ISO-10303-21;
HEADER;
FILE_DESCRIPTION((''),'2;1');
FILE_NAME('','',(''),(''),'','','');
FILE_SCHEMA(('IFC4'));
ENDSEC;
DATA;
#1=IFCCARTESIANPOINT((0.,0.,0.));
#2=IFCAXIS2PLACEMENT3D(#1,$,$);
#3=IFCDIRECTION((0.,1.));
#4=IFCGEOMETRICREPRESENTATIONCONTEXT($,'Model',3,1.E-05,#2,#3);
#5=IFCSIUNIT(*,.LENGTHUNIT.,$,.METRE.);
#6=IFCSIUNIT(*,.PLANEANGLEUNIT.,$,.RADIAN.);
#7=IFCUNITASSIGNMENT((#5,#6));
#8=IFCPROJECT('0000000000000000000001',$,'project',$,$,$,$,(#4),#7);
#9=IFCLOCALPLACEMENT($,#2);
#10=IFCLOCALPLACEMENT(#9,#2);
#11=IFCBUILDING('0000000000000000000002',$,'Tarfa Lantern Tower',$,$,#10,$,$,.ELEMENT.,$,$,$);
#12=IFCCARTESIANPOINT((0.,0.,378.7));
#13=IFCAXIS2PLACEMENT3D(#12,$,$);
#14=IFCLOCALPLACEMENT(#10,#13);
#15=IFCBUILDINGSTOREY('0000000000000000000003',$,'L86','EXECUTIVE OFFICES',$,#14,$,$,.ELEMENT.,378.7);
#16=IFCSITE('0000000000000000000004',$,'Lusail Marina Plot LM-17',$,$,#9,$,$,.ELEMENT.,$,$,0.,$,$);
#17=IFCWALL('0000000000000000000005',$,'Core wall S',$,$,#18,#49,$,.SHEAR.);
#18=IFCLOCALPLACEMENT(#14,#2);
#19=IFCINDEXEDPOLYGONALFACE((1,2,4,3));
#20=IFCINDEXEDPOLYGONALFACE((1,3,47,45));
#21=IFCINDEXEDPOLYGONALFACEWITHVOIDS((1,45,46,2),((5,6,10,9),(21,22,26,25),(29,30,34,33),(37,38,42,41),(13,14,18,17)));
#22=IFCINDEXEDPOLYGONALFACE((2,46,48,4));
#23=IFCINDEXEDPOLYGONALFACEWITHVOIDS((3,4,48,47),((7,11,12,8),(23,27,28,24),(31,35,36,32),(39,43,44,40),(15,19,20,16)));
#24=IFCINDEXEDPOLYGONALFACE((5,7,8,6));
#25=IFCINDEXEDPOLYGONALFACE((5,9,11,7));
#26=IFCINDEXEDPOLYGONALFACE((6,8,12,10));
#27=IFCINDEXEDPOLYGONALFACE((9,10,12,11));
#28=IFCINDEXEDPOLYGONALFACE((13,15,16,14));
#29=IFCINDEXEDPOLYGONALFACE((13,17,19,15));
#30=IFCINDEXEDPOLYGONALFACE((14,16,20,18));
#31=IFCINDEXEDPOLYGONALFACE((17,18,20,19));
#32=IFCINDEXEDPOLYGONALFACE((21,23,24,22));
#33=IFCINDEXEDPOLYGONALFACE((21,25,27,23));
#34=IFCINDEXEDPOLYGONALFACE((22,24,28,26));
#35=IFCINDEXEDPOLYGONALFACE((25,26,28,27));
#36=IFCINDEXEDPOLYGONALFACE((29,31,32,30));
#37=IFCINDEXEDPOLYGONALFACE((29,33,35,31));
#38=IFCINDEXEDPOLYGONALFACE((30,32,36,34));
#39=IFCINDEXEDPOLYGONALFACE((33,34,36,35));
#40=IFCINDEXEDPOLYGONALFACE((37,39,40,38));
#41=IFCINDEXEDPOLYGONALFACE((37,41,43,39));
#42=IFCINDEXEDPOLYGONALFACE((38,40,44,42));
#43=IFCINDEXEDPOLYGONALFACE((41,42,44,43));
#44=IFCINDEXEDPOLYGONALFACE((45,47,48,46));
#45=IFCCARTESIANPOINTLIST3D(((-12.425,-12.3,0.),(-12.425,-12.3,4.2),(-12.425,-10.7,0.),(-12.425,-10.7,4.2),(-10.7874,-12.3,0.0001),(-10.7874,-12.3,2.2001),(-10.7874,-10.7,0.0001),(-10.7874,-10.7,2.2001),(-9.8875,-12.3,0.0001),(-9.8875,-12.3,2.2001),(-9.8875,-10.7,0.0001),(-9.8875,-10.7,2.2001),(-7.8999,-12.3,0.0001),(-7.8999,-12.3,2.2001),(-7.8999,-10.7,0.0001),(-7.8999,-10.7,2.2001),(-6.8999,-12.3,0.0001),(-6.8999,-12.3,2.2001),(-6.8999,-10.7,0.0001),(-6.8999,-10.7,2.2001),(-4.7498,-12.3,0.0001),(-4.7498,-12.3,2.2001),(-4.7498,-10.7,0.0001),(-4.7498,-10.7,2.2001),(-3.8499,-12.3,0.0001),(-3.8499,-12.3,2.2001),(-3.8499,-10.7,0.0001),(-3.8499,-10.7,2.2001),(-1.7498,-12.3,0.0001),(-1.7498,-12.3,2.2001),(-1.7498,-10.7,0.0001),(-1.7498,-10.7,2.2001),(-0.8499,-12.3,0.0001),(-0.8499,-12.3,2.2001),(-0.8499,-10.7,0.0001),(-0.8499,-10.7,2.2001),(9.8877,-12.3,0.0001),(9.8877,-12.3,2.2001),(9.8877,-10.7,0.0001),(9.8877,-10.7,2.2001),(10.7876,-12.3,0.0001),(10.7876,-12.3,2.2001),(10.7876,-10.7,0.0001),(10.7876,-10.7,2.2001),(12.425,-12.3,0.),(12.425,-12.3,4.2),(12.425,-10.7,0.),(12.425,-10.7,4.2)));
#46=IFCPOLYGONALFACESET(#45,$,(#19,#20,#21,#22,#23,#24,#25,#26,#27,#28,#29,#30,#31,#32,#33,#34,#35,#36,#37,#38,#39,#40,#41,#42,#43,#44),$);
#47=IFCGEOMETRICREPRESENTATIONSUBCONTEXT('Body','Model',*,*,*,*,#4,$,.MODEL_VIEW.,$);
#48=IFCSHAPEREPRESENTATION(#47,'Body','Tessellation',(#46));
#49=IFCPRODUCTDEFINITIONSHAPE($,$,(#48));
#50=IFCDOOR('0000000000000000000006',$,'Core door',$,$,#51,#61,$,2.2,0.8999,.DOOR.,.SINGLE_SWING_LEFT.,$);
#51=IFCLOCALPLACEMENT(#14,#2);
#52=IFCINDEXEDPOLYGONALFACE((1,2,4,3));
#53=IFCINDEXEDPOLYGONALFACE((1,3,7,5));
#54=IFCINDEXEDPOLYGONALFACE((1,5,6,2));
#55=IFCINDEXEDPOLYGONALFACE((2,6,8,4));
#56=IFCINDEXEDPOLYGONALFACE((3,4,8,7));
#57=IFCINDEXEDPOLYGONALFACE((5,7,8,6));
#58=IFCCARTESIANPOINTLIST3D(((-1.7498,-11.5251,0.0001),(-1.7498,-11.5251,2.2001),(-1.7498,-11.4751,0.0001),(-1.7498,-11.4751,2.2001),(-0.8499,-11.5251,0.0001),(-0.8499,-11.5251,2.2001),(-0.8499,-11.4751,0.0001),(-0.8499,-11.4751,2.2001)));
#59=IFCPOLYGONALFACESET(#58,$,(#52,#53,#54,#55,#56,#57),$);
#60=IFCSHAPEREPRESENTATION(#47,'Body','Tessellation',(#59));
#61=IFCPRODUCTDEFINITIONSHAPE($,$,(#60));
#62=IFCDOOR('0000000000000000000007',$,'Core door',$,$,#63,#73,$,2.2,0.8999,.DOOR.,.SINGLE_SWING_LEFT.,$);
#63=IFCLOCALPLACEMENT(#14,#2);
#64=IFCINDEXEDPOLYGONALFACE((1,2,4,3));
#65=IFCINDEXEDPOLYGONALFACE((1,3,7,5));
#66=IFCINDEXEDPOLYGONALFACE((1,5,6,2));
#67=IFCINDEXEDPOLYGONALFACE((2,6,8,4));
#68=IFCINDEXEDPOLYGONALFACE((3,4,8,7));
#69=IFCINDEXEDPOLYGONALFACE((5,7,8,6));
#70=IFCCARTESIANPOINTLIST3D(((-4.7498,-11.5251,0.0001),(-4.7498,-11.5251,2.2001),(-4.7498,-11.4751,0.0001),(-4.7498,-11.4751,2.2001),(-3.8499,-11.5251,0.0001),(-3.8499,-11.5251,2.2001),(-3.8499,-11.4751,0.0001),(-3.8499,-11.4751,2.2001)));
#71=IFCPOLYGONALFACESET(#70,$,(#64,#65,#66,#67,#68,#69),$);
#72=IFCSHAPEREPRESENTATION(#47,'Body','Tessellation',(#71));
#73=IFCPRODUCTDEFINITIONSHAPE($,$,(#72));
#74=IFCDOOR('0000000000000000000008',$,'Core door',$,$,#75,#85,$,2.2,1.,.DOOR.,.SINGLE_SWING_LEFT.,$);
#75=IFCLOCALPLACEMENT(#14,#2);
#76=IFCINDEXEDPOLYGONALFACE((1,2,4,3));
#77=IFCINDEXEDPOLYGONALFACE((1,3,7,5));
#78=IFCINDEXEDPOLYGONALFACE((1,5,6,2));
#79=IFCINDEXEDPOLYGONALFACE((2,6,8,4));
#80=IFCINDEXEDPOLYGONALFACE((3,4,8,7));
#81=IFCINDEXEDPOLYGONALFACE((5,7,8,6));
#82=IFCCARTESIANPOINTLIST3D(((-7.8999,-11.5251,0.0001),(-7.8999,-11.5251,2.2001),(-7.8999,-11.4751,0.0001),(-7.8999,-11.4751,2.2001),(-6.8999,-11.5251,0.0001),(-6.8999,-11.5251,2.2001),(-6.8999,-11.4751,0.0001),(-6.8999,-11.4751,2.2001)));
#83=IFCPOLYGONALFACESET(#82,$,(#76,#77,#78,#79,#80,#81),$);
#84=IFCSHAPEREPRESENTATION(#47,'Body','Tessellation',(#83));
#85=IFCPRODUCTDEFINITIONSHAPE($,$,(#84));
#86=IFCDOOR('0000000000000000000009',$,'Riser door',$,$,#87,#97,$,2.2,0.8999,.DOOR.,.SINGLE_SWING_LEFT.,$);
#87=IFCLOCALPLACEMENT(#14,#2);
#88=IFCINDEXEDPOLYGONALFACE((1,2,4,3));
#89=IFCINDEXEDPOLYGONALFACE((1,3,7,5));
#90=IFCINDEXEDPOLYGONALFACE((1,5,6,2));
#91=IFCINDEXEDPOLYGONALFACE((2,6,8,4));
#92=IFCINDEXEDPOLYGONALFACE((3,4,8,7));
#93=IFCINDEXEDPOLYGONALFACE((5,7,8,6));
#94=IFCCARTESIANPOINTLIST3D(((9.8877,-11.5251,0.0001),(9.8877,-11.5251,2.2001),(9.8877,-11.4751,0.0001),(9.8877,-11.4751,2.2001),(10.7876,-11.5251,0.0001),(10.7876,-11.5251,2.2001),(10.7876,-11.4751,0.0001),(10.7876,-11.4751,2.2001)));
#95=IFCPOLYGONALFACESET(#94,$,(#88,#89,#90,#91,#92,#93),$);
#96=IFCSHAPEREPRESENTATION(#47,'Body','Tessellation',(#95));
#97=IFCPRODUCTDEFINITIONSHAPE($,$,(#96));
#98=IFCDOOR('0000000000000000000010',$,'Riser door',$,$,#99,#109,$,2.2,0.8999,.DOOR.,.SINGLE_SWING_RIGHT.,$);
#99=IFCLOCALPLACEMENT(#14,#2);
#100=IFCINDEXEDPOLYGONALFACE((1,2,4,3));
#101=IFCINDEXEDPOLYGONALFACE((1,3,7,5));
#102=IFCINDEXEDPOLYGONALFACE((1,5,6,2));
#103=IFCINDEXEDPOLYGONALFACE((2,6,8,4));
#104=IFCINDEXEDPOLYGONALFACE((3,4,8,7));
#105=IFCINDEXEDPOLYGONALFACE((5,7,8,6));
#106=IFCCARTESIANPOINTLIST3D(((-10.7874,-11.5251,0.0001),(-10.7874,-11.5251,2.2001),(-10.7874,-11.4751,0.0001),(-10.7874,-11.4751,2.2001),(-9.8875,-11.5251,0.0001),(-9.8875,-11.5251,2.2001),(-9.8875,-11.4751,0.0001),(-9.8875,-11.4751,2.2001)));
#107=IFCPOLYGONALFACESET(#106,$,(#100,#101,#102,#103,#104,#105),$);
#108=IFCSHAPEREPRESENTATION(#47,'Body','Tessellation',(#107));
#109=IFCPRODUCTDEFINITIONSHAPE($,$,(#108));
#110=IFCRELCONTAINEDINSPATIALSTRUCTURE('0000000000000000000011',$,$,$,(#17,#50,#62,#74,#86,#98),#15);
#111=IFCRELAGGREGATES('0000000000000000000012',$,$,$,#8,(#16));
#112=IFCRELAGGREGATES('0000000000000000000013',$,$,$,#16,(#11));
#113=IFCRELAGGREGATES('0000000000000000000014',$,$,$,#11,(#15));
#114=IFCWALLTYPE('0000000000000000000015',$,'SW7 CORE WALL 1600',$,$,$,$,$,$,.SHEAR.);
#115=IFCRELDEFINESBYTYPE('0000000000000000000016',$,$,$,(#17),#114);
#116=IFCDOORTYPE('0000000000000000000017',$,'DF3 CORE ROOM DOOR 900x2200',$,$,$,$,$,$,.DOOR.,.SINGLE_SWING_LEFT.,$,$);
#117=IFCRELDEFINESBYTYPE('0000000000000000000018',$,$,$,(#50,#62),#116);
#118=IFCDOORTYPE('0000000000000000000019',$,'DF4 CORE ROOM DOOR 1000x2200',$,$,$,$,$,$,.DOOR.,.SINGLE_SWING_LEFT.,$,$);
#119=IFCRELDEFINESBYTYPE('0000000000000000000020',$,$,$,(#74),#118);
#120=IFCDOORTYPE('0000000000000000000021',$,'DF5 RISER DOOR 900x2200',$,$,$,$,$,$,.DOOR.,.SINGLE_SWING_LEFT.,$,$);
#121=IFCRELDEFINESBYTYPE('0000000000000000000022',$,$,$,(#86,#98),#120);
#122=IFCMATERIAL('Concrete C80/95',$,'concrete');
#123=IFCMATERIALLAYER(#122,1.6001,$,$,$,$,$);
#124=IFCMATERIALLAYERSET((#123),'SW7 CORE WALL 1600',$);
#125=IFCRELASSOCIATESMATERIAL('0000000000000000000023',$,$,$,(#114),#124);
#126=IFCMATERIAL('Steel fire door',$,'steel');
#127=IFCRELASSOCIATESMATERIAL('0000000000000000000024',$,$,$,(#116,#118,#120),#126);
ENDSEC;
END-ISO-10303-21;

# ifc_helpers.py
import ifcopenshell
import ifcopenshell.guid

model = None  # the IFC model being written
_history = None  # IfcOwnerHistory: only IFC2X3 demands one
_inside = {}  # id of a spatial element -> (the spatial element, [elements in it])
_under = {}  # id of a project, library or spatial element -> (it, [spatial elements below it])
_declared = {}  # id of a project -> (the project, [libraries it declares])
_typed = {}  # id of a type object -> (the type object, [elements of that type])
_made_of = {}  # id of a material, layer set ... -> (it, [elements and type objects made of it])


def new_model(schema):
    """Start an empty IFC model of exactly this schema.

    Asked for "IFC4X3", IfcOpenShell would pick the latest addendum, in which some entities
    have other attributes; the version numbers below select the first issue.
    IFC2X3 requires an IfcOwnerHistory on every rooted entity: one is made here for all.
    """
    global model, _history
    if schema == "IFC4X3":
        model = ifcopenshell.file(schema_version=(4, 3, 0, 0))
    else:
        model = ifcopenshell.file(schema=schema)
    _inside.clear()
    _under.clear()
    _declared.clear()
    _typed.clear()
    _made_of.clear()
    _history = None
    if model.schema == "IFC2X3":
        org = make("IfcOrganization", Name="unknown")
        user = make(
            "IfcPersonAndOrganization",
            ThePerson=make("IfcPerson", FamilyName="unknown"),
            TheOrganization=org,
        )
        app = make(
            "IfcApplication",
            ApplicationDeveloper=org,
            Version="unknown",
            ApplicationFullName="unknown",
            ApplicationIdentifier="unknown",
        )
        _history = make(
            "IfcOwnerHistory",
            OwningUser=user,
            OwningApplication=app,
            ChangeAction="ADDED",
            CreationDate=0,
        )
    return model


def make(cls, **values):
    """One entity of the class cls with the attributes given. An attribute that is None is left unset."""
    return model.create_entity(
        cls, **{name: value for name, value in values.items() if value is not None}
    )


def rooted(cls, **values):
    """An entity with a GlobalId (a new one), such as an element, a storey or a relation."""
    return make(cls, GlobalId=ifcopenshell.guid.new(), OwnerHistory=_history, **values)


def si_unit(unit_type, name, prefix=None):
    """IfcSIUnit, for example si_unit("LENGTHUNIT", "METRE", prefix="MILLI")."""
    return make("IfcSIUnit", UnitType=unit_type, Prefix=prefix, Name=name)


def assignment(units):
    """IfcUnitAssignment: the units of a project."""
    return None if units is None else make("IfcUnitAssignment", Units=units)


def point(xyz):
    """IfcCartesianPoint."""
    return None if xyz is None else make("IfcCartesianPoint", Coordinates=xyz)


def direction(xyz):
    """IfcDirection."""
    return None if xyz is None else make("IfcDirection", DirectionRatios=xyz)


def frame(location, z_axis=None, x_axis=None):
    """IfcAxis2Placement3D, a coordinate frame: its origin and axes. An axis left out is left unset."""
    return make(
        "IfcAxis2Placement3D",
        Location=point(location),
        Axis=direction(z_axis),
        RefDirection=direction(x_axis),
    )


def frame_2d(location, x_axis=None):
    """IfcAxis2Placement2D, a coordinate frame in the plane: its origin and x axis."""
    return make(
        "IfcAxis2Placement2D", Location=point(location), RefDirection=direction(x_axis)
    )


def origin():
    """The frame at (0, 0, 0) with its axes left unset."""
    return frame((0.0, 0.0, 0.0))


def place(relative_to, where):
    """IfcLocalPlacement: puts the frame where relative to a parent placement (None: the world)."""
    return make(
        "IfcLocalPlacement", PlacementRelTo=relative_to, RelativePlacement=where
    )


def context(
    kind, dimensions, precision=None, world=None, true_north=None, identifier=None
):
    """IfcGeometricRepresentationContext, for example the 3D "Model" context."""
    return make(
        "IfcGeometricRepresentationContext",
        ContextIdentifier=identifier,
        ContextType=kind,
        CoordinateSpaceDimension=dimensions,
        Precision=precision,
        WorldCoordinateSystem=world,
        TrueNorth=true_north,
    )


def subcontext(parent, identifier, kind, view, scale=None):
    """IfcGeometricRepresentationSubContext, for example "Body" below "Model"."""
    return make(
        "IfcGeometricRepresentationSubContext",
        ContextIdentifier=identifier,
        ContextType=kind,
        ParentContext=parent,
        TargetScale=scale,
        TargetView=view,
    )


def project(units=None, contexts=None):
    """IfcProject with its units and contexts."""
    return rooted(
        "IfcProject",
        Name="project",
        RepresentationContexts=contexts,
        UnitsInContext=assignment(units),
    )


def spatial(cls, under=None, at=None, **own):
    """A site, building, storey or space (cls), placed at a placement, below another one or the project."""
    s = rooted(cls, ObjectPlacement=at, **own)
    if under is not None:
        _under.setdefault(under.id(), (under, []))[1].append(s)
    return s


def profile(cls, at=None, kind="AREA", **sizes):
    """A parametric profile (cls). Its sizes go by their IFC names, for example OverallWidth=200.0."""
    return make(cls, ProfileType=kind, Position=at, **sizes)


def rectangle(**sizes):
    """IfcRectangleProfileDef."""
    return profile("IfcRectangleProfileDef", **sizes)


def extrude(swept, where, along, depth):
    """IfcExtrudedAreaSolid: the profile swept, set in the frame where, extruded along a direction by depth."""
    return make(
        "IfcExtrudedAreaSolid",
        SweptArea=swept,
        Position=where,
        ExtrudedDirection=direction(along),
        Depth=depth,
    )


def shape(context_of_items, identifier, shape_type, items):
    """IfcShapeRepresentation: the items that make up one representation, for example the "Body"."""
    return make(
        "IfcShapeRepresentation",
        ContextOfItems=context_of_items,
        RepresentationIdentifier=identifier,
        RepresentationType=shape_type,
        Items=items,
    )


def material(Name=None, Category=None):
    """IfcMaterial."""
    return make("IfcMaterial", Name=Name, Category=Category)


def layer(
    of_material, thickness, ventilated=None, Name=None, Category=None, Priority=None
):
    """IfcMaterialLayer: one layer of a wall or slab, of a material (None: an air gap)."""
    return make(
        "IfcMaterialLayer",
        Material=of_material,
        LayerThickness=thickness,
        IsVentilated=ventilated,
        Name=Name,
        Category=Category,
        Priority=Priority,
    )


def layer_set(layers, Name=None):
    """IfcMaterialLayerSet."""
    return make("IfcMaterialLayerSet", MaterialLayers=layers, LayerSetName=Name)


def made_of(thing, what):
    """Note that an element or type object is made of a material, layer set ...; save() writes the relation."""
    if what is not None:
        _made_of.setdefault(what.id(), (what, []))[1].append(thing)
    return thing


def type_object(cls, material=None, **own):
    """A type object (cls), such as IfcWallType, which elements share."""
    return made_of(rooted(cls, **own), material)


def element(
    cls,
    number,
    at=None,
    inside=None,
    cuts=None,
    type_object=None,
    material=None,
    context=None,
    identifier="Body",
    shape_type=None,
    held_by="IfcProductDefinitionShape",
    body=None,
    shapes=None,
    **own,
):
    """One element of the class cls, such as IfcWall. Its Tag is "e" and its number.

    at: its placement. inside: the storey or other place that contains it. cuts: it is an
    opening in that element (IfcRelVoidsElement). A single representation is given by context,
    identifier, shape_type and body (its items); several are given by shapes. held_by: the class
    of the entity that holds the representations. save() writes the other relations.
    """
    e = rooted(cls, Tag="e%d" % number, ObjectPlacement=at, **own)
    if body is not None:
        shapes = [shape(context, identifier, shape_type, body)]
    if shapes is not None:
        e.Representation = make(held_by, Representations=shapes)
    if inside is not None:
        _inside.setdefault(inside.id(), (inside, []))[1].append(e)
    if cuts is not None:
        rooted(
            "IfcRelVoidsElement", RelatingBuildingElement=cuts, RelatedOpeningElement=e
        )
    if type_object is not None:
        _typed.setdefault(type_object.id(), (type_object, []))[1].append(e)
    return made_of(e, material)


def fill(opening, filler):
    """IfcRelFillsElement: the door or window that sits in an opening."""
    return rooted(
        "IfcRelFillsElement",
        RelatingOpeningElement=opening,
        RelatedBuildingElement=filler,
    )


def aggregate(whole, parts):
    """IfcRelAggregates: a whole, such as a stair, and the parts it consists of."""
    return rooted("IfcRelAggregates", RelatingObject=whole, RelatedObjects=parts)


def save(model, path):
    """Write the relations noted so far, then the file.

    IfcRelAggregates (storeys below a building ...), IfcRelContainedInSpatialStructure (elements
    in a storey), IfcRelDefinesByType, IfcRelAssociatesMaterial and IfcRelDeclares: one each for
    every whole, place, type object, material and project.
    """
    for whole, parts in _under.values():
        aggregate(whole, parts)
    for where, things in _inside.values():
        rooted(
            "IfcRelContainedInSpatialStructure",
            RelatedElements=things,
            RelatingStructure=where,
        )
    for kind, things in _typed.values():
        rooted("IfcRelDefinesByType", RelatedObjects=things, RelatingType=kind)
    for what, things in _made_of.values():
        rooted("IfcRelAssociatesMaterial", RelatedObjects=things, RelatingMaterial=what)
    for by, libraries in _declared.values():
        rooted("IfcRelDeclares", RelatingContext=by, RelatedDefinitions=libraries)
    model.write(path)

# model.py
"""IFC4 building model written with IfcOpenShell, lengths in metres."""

from ifc_helpers import new_model, si_unit, direction, frame, frame_2d, origin, place, context, subcontext, project, spatial, rectangle, extrude, material, layer, layer_set, type_object, element, fill, save


model = new_model("IFC4")

# Units and contexts
model_context = context("Model", 3, precision=1e-05, world=origin(), true_north=direction((0.0, 1.0)))
body_context = subcontext(model_context, "Body", "Model", "MODEL_VIEW")
ifc_project = project(units=[si_unit("LENGTHUNIT", "METRE"), si_unit("PLANEANGLEUNIT", "RADIAN")], contexts=[model_context])

# Site, building, storey
site_placement = place(None, origin())
site = spatial("IfcSite", under=ifc_project, at=site_placement, Name="Lusail Marina Plot LM-17", CompositionType="ELEMENT", RefElevation=0.0)
building_placement = place(site_placement, origin())
building = spatial("IfcBuilding", under=site, at=building_placement, Name="Tarfa Lantern Tower", CompositionType="ELEMENT")
storey_placement = place(building_placement, frame((0.0, 0.0, 378.7)))
storey = spatial("IfcBuildingStorey", under=building, at=storey_placement, Name="L86", Description="EXECUTIVE OFFICES", CompositionType="ELEMENT", Elevation=378.7)

# Shared definitions
ifc_material_1 = material(Name="Concrete C80/95", Category="concrete")

# Wall, openings, doors
ifc_layer_1 = layer(ifc_material_1, 1.6001)
ifc_layer_set_1 = layer_set([ifc_layer_1], Name="SW7 CORE WALL 1600")
wall_type_1 = type_object("IfcWallType", Name="SW7 CORE WALL 1600", PredefinedType="SHEAR", material=ifc_layer_set_1)
wall_1_placement = place(storey_placement, frame((12.425, -11.5, 0.0), z_axis=(0.0, 0.0, 1.0), x_axis=(-1.0, 0.0, 0.0)))
wall_1 = element("IfcWall", 1, at=wall_1_placement, inside=storey, type_object=wall_type_1, Name="Core wall S", PredefinedType="SHEAR", context=body_context, shape_type="SweptSolid", body=[
    extrude(rectangle(XDim=24.8501, YDim=1.6001, at=frame_2d((12.425, 0.0))), origin(), (0.0, 0.0, 1.0), 4.2),
])
opening_1_placement = place(wall_1_placement, frame((13.2749, 0.0, 0.0)))
opening_1 = element("IfcOpeningElement", 2, at=opening_1_placement, cuts=wall_1, PredefinedType="OPENING", context=body_context, shape_type="SweptSolid", body=[
    extrude(rectangle(XDim=0.8999, YDim=2.2, at=frame_2d((0.45, 1.1001))), frame((0.0, 0.8101, 0.0), z_axis=(0.0, -1.0, 0.0), x_axis=(1.0, 0.0, 0.0)), (0.0, 0.0, 1.0), 1.6201),
])
opening_2_placement = place(wall_1_placement, frame((16.2749, 0.0, 0.0)))
opening_2 = element("IfcOpeningElement", 3, at=opening_2_placement, cuts=wall_1, PredefinedType="OPENING", context=body_context, shape_type="SweptSolid", body=[
    extrude(rectangle(XDim=0.8999, YDim=2.2, at=frame_2d((0.45, 1.1001))), frame((0.0, 0.8101, 0.0), z_axis=(0.0, -1.0, 0.0), x_axis=(1.0, 0.0, 0.0)), (0.0, 0.0, 1.0), 1.6201),
])
opening_3_placement = place(wall_1_placement, frame((19.325, 0.0, 0.0)))
opening_3 = element("IfcOpeningElement", 4, at=opening_3_placement, cuts=wall_1, PredefinedType="OPENING", context=body_context, shape_type="SweptSolid", body=[
    extrude(rectangle(XDim=1.0, YDim=2.2, at=frame_2d((0.5, 1.1001))), frame((0.0, 0.8101, 0.0), z_axis=(0.0, -1.0, 0.0), x_axis=(1.0, 0.0, 0.0)), (0.0, 0.0, 1.0), 1.6201),
])
opening_4_placement = place(wall_1_placement, frame((1.6375, 0.0, 0.0)))
opening_4 = element("IfcOpeningElement", 5, at=opening_4_placement, cuts=wall_1, PredefinedType="OPENING", context=body_context, shape_type="SweptSolid", body=[
    extrude(rectangle(XDim=0.8999, YDim=2.2, at=frame_2d((0.45, 1.1001))), frame((0.0, 0.8101, 0.0), z_axis=(0.0, -1.0, 0.0), x_axis=(1.0, 0.0, 0.0)), (0.0, 0.0, 1.0), 1.6201),
])
opening_5_placement = place(wall_1_placement, frame((22.3125, 0.0, 0.0)))
opening_5 = element("IfcOpeningElement", 6, at=opening_5_placement, cuts=wall_1, PredefinedType="OPENING", context=body_context, shape_type="SweptSolid", body=[
    extrude(rectangle(XDim=0.8999, YDim=2.2, at=frame_2d((0.45, 1.1001))), frame((0.0, 0.8101, 0.0), z_axis=(0.0, -1.0, 0.0), x_axis=(1.0, 0.0, 0.0)), (0.0, 0.0, 1.0), 1.6201),
])
ifc_material_2 = material(Name="Steel fire door", Category="steel")
door_type_1 = type_object("IfcDoorType", Name="DF3 CORE ROOM DOOR 900x2200", OperationType="SINGLE_SWING_LEFT", PredefinedType="DOOR", material=ifc_material_2)
door_1_placement = place(opening_1_placement, frame((0.8999, 0.0, 0.0), z_axis=(0.0, 0.0, 1.0), x_axis=(-1.0, 0.0, 0.0)))
door_1 = element("IfcDoor", 7, at=door_1_placement, inside=storey, type_object=door_type_1, Name="Core door", OperationType="SINGLE_SWING_LEFT", OverallHeight=2.2, OverallWidth=0.8999, PredefinedType="DOOR", context=body_context, shape_type="SweptSolid", body=[
    extrude(rectangle(XDim=0.8999, YDim=2.2, at=frame_2d((0.45, 1.1001))), frame((0.0, 0.0249, 0.0), z_axis=(0.0, -1.0, 0.0), x_axis=(1.0, 0.0, 0.0)), (0.0, 0.0, 1.0), 0.05),
])
fill(opening_1, door_1)
door_2_placement = place(opening_2_placement, frame((0.8999, 0.0, 0.0), z_axis=(0.0, 0.0, 1.0), x_axis=(-1.0, 0.0, 0.0)))
door_2 = element("IfcDoor", 8, at=door_2_placement, inside=storey, type_object=door_type_1, Name="Core door", OperationType="SINGLE_SWING_LEFT", OverallHeight=2.2, OverallWidth=0.8999, PredefinedType="DOOR", context=body_context, shape_type="SweptSolid", body=[
    extrude(rectangle(XDim=0.8999, YDim=2.2, at=frame_2d((0.45, 1.1001))), frame((0.0, 0.0249, 0.0), z_axis=(0.0, -1.0, 0.0), x_axis=(1.0, 0.0, 0.0)), (0.0, 0.0, 1.0), 0.05),
])
fill(opening_2, door_2)
door_type_2 = type_object("IfcDoorType", Name="DF4 CORE ROOM DOOR 1000x2200", OperationType="SINGLE_SWING_LEFT", PredefinedType="DOOR", material=ifc_material_2)
door_3_placement = place(opening_3_placement, frame((1.0, 0.0, 0.0), z_axis=(0.0, 0.0, 1.0), x_axis=(-1.0, 0.0, 0.0)))
door_3 = element("IfcDoor", 9, at=door_3_placement, inside=storey, type_object=door_type_2, Name="Core door", OperationType="SINGLE_SWING_LEFT", OverallHeight=2.2, OverallWidth=1.0, PredefinedType="DOOR", context=body_context, shape_type="SweptSolid", body=[
    extrude(rectangle(XDim=1.0, YDim=2.2, at=frame_2d((0.5, 1.1001))), frame((0.0, 0.0249, 0.0), z_axis=(0.0, -1.0, 0.0), x_axis=(1.0, 0.0, 0.0)), (0.0, 0.0, 1.0), 0.05),
])
fill(opening_3, door_3)
door_type_3 = type_object("IfcDoorType", Name="DF5 RISER DOOR 900x2200", OperationType="SINGLE_SWING_LEFT", PredefinedType="DOOR", material=ifc_material_2)
door_4_placement = place(opening_4_placement, frame((0.8999, 0.0, 0.0), z_axis=(0.0, 0.0, 1.0), x_axis=(-1.0, 0.0, 0.0)))
door_4 = element("IfcDoor", 10, at=door_4_placement, inside=storey, type_object=door_type_3, Name="Riser door", OperationType="SINGLE_SWING_LEFT", OverallHeight=2.2, OverallWidth=0.8999, PredefinedType="DOOR", context=body_context, shape_type="SweptSolid", body=[
    extrude(rectangle(XDim=0.8999, YDim=2.2, at=frame_2d((0.45, 1.1001))), frame((0.0, 0.0249, 0.0), z_axis=(0.0, -1.0, 0.0), x_axis=(1.0, 0.0, 0.0)), (0.0, 0.0, 1.0), 0.05),
])
fill(opening_4, door_4)
door_5_placement = place(opening_5_placement, frame((0.8999, 0.0, 0.0), z_axis=(0.0, 0.0, 1.0), x_axis=(-1.0, 0.0, 0.0)))
door_5 = element("IfcDoor", 11, at=door_5_placement, inside=storey, type_object=door_type_3, Name="Riser door", OperationType="SINGLE_SWING_RIGHT", OverallHeight=2.2, OverallWidth=0.8999, PredefinedType="DOOR", context=body_context, shape_type="SweptSolid", body=[
    extrude(rectangle(XDim=0.8999, YDim=2.2, at=frame_2d((0.45, 1.1001))), frame((0.0, 0.0249, 0.0), z_axis=(0.0, -1.0, 0.0), x_axis=(1.0, 0.0, 0.0)), (0.0, 0.0, 1.0), 0.05),
])
fill(opening_5, door_5)

save(model, "model.ifc")
